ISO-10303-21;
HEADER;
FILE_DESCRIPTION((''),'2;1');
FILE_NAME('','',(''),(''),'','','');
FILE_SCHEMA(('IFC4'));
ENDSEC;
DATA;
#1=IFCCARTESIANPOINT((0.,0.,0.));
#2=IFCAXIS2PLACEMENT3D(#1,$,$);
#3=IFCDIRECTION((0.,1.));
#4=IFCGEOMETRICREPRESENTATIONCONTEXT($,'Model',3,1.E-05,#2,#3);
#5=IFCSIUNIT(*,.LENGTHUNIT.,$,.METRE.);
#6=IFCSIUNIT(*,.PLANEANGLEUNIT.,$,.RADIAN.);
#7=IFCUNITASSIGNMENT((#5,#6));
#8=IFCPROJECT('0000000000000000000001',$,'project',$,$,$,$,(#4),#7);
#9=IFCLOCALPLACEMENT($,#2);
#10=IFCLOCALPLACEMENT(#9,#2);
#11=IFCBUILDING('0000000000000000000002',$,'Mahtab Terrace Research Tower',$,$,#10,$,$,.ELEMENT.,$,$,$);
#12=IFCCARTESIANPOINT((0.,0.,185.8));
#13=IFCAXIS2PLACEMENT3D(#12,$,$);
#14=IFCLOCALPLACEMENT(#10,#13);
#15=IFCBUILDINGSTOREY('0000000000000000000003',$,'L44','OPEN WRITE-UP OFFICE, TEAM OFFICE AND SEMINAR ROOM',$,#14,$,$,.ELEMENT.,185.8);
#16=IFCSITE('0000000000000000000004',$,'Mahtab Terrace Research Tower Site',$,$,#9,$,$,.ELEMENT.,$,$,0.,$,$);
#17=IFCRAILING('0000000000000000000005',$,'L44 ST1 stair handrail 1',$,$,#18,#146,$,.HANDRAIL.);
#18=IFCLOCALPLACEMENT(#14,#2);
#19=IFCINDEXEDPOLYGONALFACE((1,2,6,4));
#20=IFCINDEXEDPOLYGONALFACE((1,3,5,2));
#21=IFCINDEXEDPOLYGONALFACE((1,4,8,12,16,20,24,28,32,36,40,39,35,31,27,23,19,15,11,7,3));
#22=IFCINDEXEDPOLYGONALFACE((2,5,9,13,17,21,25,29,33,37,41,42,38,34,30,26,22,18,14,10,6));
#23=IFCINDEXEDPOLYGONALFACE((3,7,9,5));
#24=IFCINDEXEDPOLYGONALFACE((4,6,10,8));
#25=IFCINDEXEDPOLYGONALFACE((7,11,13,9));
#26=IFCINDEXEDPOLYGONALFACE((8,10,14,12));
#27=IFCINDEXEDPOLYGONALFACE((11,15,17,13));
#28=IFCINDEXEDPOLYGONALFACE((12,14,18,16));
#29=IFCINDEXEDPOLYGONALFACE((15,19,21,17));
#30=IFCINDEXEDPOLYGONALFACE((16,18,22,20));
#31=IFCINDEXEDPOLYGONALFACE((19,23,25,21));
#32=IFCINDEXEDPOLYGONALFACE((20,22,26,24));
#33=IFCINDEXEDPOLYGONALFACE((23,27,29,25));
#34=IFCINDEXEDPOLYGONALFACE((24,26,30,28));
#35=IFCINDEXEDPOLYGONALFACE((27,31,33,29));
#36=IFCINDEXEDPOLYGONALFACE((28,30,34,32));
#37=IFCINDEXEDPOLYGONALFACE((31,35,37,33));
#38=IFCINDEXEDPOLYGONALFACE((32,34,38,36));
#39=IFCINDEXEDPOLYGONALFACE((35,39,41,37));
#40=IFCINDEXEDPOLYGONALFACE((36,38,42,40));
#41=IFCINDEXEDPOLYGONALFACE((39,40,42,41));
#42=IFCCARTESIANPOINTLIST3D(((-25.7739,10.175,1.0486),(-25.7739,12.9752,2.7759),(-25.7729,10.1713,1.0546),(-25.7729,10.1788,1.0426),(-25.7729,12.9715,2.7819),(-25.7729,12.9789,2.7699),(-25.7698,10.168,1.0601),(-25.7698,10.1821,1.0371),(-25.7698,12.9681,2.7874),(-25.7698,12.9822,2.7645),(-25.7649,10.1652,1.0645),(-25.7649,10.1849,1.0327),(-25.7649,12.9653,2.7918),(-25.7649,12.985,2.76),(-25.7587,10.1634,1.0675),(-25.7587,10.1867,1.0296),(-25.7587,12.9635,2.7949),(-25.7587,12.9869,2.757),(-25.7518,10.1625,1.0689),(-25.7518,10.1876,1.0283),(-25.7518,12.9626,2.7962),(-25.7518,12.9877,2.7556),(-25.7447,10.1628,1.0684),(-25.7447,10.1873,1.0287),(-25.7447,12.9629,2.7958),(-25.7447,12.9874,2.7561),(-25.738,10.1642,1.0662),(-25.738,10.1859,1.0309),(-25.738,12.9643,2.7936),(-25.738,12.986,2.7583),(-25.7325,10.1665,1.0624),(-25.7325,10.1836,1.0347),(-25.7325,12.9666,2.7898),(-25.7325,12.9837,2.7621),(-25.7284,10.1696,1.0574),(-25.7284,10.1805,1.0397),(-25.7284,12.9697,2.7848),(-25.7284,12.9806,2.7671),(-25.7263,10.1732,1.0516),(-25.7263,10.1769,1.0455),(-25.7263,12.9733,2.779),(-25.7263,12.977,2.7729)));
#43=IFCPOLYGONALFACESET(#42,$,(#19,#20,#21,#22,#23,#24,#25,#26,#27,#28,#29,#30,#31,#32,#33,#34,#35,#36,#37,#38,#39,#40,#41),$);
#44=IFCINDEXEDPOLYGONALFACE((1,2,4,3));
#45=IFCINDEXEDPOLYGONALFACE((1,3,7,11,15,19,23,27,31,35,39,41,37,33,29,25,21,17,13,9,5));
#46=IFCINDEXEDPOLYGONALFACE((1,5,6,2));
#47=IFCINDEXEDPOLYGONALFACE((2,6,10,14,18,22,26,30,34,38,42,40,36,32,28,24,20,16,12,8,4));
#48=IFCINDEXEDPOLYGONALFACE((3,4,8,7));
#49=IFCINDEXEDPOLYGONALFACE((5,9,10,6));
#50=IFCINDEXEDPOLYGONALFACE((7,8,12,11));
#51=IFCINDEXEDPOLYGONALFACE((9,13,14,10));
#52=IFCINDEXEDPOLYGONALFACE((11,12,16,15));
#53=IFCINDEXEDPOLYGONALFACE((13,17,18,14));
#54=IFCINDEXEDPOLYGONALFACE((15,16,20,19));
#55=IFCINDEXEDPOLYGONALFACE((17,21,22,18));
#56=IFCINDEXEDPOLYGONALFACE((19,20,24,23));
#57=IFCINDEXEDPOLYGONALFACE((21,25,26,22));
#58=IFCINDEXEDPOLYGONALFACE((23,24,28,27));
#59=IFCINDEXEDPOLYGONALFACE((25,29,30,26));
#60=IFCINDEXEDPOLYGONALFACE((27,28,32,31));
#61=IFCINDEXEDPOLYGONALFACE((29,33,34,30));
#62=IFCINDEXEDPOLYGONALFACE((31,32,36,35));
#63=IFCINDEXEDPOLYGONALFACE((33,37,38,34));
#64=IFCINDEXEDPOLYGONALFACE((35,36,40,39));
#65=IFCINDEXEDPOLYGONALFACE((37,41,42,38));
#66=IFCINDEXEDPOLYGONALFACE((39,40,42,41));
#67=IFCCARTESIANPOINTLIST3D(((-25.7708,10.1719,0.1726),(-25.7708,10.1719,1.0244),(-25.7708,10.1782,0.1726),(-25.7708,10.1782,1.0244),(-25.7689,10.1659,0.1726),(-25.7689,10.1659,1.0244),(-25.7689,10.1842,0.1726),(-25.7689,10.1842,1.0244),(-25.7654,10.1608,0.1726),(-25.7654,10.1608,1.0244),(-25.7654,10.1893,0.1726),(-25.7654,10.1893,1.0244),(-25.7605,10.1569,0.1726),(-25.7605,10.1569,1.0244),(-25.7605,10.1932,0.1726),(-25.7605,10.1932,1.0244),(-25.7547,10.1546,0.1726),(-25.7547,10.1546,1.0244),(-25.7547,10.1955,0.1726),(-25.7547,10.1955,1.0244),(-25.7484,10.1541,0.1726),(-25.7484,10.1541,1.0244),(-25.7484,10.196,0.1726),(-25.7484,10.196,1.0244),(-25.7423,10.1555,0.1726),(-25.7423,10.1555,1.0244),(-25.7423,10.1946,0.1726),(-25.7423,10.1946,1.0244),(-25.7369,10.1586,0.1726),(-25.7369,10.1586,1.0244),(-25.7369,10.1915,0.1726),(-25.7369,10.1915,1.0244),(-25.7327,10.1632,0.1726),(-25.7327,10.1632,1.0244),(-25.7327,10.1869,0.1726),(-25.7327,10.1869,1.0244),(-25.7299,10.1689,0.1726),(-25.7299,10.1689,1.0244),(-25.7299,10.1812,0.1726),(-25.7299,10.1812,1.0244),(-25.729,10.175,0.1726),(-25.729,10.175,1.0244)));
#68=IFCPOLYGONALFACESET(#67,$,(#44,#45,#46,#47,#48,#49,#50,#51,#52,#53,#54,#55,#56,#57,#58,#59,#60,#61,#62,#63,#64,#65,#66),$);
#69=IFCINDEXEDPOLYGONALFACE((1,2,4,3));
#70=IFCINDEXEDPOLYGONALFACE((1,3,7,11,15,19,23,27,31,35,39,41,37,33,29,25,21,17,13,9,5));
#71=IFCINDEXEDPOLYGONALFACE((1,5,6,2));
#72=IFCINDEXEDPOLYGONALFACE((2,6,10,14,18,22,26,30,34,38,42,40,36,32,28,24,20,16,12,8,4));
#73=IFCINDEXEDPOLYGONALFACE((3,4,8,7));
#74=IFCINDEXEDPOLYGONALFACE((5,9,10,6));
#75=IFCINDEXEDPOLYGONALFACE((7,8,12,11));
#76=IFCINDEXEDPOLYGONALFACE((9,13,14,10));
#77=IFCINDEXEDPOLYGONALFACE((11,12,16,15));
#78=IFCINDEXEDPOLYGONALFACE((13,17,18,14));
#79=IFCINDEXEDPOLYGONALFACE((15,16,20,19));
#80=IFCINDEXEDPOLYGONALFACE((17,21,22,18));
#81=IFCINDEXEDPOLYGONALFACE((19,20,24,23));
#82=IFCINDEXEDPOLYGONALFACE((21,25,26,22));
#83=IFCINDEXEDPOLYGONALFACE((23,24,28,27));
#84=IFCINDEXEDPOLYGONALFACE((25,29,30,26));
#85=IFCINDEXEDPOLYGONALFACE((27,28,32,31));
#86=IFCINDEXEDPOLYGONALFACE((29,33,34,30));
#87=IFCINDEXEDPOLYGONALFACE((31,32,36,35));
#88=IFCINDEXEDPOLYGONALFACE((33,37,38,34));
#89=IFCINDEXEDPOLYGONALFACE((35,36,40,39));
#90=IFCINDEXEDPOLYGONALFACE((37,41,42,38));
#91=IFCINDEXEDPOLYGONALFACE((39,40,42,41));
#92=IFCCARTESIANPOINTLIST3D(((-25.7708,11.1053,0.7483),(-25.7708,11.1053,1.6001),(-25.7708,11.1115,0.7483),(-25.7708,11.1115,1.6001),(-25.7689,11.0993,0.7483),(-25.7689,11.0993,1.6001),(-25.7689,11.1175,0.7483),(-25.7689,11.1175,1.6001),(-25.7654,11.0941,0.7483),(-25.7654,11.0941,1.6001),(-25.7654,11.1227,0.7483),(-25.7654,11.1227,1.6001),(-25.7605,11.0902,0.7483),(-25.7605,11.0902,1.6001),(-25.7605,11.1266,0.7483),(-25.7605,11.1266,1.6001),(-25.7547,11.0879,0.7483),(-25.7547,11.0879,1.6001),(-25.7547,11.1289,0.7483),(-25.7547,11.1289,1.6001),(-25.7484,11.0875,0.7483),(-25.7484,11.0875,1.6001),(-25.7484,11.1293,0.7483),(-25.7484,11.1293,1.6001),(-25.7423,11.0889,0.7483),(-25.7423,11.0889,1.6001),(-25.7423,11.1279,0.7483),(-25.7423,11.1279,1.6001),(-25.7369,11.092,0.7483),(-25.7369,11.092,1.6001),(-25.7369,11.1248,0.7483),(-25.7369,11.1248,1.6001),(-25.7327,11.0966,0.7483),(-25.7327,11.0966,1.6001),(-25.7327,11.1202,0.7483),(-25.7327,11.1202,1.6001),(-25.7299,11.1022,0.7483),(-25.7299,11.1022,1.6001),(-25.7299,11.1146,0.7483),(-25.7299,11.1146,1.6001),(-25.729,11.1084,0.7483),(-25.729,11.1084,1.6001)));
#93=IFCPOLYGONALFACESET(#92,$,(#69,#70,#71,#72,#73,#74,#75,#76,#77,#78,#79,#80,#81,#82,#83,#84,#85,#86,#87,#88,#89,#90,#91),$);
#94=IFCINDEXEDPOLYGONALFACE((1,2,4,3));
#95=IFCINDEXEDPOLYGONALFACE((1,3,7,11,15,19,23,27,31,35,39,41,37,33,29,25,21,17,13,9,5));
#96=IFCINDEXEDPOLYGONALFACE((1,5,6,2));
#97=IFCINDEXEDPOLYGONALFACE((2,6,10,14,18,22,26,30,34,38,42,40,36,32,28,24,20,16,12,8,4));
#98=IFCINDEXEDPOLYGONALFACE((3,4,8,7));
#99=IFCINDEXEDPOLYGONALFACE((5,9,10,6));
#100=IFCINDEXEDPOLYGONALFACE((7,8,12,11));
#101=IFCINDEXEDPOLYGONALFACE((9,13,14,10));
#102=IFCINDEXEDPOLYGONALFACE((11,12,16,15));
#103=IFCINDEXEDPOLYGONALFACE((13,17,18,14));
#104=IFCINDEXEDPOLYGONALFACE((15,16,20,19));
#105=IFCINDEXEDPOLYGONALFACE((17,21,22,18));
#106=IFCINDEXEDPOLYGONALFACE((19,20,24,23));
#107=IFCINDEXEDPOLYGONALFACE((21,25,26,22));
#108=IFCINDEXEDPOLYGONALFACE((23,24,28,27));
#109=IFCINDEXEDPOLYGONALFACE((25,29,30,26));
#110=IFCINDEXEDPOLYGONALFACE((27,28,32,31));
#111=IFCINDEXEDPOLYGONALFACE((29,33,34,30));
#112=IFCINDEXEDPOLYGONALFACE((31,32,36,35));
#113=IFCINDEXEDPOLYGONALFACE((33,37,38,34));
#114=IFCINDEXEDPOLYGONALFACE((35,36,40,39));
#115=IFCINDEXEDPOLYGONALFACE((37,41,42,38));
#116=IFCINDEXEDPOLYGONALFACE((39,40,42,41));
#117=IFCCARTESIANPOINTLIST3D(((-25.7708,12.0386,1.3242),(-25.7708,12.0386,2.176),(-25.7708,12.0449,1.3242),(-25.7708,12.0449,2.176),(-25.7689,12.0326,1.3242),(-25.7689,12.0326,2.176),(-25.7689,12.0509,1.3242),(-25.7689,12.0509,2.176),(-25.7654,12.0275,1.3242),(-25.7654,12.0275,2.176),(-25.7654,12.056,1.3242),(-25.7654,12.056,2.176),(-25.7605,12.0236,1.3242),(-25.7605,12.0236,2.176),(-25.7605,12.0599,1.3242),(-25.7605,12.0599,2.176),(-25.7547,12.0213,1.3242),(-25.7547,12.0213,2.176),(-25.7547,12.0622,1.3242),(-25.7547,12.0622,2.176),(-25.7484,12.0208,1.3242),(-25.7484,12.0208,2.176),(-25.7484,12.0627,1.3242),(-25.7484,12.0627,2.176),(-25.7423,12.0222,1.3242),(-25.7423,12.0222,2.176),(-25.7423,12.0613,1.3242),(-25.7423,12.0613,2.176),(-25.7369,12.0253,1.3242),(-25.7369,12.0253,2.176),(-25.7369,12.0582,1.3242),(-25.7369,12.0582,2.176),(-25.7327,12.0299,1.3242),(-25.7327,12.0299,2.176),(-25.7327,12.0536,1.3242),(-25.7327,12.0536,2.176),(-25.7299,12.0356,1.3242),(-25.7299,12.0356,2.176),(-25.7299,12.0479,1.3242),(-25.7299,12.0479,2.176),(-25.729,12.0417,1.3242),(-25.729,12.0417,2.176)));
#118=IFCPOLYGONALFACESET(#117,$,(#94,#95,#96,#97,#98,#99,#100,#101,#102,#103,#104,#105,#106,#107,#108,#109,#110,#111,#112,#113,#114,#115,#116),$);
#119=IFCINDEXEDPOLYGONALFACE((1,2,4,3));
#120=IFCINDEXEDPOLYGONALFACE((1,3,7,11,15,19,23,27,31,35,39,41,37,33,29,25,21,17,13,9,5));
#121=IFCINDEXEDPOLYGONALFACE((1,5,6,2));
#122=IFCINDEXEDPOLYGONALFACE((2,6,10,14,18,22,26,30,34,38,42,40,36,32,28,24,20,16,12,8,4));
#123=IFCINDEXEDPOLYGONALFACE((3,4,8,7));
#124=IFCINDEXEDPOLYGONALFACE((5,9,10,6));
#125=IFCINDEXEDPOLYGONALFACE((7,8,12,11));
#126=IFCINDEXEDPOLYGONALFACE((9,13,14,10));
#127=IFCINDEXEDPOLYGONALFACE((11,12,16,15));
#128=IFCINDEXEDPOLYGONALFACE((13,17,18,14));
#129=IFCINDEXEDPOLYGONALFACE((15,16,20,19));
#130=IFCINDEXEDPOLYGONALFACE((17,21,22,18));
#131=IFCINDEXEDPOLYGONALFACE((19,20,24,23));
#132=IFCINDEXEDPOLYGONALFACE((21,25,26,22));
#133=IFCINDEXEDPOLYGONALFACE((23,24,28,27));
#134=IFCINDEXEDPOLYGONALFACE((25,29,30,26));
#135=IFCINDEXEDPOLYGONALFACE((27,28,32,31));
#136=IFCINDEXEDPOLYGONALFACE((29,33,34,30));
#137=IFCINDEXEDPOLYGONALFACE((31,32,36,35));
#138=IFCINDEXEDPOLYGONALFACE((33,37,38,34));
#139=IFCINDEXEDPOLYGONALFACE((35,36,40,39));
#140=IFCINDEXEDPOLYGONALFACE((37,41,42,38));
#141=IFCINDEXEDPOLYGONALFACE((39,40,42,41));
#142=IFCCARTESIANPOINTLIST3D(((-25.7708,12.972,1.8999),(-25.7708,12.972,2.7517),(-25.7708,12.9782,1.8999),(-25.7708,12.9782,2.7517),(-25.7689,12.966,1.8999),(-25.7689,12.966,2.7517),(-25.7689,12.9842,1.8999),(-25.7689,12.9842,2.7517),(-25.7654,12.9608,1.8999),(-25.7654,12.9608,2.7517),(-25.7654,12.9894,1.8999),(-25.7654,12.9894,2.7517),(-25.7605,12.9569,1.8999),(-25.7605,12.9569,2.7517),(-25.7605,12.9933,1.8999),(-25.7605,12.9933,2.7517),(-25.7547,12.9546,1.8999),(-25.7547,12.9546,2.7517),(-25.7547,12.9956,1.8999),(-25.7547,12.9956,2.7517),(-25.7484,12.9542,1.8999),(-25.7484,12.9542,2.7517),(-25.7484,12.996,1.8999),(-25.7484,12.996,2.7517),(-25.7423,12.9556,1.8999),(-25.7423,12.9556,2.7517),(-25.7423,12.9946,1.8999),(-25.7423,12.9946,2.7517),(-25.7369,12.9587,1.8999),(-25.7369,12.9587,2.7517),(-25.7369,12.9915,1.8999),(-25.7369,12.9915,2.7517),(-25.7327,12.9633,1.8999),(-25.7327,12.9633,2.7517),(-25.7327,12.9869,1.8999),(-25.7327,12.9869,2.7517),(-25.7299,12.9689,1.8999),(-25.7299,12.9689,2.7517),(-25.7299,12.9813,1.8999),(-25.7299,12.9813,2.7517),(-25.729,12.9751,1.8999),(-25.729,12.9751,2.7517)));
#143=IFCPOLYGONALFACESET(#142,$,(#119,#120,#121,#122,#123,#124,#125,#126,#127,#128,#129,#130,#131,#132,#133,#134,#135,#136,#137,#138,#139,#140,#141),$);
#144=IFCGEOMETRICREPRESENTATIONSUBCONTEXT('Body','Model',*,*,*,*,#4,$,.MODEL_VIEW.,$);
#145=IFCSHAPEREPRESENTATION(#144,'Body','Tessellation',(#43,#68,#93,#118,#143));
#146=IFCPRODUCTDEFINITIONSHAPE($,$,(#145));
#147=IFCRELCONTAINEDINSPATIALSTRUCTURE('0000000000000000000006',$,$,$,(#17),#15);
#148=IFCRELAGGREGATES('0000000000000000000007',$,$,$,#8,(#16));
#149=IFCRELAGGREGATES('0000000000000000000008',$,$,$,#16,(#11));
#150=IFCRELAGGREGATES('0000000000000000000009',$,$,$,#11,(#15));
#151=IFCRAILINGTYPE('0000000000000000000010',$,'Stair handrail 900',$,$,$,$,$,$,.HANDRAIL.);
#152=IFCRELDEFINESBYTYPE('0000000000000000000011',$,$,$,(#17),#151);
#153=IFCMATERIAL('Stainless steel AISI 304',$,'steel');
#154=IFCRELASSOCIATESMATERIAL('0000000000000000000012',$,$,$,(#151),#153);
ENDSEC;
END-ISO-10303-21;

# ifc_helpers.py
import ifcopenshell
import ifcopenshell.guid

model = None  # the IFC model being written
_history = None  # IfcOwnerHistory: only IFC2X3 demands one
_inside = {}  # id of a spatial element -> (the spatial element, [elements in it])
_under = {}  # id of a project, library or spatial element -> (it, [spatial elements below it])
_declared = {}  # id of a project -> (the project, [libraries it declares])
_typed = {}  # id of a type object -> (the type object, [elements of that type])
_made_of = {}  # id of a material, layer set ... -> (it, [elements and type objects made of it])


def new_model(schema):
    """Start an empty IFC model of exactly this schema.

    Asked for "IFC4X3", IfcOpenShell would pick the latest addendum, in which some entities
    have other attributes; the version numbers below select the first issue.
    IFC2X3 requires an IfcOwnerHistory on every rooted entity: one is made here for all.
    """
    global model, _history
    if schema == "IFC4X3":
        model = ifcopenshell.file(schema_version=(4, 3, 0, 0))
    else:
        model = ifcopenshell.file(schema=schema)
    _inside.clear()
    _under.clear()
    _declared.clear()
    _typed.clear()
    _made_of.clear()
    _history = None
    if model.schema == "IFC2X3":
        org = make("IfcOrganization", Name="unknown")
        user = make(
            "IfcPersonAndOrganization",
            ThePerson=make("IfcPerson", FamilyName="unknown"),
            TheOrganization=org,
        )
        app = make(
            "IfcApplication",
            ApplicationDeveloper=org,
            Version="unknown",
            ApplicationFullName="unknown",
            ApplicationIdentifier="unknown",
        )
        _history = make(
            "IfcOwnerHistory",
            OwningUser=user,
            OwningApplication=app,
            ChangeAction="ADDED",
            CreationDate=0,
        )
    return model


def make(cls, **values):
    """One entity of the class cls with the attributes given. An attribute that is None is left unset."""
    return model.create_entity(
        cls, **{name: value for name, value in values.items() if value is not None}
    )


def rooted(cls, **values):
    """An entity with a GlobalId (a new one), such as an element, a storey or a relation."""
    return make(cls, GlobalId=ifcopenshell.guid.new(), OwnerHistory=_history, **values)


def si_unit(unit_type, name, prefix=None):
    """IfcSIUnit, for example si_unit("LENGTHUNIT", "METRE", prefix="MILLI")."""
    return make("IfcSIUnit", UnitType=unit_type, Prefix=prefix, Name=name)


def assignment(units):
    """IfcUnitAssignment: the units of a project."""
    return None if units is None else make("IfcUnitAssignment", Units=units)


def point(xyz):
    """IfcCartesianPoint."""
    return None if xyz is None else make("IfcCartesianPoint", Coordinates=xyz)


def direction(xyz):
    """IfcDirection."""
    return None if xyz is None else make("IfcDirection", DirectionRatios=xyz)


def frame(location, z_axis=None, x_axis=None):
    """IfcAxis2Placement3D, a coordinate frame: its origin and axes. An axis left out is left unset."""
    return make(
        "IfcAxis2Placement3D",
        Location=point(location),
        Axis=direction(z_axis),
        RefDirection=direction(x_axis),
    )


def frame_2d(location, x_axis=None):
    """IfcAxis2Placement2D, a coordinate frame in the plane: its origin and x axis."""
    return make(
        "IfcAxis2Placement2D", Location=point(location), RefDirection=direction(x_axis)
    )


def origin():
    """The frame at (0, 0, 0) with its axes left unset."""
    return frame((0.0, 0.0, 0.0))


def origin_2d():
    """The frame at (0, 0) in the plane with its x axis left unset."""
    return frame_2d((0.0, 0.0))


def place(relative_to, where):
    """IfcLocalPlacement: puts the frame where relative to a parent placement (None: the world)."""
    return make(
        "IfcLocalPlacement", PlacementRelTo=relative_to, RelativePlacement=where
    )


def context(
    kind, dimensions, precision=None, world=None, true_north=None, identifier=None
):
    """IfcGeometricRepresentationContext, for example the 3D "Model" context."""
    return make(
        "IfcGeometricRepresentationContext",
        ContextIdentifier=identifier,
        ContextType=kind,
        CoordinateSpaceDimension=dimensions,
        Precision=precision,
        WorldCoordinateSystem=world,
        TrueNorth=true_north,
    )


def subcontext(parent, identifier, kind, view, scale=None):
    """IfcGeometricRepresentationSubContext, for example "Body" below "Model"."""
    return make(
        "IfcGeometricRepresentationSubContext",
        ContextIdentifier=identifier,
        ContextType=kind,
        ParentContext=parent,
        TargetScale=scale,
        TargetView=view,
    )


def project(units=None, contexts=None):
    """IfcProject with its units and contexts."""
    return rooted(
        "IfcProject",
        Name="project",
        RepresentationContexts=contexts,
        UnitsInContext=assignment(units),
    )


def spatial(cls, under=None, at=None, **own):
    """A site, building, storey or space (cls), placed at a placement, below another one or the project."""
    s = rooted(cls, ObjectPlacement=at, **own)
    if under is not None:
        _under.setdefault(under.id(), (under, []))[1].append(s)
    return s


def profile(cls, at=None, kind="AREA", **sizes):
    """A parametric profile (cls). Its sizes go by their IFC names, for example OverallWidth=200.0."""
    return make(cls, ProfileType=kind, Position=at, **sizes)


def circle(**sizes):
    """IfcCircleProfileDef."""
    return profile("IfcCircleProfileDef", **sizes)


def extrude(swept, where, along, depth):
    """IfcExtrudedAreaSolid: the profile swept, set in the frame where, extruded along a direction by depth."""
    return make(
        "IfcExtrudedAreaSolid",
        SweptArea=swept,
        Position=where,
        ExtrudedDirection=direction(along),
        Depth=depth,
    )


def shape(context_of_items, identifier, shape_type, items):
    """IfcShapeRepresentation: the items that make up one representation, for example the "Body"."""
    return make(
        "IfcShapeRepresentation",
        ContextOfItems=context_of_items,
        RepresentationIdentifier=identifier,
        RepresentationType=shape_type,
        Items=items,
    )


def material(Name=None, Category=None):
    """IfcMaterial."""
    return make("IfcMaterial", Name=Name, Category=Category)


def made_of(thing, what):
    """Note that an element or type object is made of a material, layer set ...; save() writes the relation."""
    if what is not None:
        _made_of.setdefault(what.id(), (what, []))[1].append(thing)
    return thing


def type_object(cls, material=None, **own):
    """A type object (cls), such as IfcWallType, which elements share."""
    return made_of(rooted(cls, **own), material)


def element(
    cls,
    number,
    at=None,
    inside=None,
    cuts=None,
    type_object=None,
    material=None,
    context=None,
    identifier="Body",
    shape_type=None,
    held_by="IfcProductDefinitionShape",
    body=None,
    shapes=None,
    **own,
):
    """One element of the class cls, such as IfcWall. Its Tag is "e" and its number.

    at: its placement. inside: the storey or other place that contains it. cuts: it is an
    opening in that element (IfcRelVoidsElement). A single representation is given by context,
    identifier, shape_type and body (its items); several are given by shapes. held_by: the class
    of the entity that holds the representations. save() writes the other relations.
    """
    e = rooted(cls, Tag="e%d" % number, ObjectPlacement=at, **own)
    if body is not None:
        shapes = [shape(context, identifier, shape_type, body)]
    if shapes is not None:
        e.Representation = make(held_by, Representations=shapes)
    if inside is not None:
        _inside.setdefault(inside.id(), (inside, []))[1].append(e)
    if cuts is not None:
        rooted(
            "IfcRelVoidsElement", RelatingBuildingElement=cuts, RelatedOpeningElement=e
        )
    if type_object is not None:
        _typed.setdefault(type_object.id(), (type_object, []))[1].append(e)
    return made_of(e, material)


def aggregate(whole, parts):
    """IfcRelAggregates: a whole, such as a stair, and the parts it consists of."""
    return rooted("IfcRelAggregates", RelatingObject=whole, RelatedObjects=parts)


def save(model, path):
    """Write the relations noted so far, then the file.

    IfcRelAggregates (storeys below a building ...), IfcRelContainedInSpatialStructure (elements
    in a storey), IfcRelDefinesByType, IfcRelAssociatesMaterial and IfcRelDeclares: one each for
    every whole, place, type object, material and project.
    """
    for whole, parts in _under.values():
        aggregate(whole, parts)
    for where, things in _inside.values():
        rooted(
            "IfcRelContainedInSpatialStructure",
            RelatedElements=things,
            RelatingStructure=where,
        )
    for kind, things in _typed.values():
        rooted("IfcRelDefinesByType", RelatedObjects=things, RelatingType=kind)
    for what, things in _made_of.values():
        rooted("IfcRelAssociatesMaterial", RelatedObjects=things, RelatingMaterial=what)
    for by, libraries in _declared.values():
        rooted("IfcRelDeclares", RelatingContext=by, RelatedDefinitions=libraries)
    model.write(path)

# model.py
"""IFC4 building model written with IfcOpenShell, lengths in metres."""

from ifc_helpers import new_model, si_unit, direction, frame, origin, origin_2d, place, context, subcontext, project, spatial, circle, extrude, material, type_object, element, save


model = new_model("IFC4")

# Units and contexts
model_context = context("Model", 3, precision=1e-05, world=origin(), true_north=direction((0.0, 1.0)))
body_context = subcontext(model_context, "Body", "Model", "MODEL_VIEW")
ifc_project = project(units=[si_unit("LENGTHUNIT", "METRE"), si_unit("PLANEANGLEUNIT", "RADIAN")], contexts=[model_context])

# Site, building, storey
site_placement = place(None, origin())
site = spatial("IfcSite", under=ifc_project, at=site_placement, Name="Mahtab Terrace Research Tower Site", CompositionType="ELEMENT", RefElevation=0.0)
building_placement = place(site_placement, origin())
building = spatial("IfcBuilding", under=site, at=building_placement, Name="Mahtab Terrace Research Tower", CompositionType="ELEMENT")
storey_placement = place(building_placement, frame((0.0, 0.0, 185.8)))
storey = spatial("IfcBuildingStorey", under=building, at=storey_placement, Name="L44", Description="OPEN WRITE-UP OFFICE, TEAM OFFICE AND SEMINAR ROOM", CompositionType="ELEMENT", Elevation=185.8)

# Railing
ifc_material_1 = material(Name="Stainless steel AISI 304", Category="steel")
railing_type = type_object("IfcRailingType", Name="Stair handrail 900", PredefinedType="HANDRAIL", material=ifc_material_1)
railing_placement = place(storey_placement, frame((-25.75, 10.175, 0.1726)))
element("IfcRailing", 1, at=railing_placement, inside=storey, type_object=railing_type, Name="L44 ST1 stair handrail 1", PredefinedType="HANDRAIL", context=body_context, shape_type="SweptSolid", body=[
    extrude(circle(Radius=0.0239, at=origin_2d()), frame((0.0, 0.0, 0.876), z_axis=(0.0, 0.85109, 0.52502), x_axis=(-1.0, 0.0, 0.0)), (0.0, 0.0, 1.0), 3.29),
    extrude(circle(Radius=0.021, at=origin_2d()), origin(), (0.0, 0.0, 1.0), 0.8518),
    extrude(circle(Radius=0.021, at=origin_2d()), frame((0.0, 0.9333, 0.5757)), (0.0, 0.0, 1.0), 0.8518),
    extrude(circle(Radius=0.021, at=origin_2d()), frame((0.0, 1.8667, 1.1516)), (0.0, 0.0, 1.0), 0.8518),
    extrude(circle(Radius=0.021, at=origin_2d()), frame((0.0, 2.8, 1.7273)), (0.0, 0.0, 1.0), 0.8518),
])

save(model, "model.ifc")
